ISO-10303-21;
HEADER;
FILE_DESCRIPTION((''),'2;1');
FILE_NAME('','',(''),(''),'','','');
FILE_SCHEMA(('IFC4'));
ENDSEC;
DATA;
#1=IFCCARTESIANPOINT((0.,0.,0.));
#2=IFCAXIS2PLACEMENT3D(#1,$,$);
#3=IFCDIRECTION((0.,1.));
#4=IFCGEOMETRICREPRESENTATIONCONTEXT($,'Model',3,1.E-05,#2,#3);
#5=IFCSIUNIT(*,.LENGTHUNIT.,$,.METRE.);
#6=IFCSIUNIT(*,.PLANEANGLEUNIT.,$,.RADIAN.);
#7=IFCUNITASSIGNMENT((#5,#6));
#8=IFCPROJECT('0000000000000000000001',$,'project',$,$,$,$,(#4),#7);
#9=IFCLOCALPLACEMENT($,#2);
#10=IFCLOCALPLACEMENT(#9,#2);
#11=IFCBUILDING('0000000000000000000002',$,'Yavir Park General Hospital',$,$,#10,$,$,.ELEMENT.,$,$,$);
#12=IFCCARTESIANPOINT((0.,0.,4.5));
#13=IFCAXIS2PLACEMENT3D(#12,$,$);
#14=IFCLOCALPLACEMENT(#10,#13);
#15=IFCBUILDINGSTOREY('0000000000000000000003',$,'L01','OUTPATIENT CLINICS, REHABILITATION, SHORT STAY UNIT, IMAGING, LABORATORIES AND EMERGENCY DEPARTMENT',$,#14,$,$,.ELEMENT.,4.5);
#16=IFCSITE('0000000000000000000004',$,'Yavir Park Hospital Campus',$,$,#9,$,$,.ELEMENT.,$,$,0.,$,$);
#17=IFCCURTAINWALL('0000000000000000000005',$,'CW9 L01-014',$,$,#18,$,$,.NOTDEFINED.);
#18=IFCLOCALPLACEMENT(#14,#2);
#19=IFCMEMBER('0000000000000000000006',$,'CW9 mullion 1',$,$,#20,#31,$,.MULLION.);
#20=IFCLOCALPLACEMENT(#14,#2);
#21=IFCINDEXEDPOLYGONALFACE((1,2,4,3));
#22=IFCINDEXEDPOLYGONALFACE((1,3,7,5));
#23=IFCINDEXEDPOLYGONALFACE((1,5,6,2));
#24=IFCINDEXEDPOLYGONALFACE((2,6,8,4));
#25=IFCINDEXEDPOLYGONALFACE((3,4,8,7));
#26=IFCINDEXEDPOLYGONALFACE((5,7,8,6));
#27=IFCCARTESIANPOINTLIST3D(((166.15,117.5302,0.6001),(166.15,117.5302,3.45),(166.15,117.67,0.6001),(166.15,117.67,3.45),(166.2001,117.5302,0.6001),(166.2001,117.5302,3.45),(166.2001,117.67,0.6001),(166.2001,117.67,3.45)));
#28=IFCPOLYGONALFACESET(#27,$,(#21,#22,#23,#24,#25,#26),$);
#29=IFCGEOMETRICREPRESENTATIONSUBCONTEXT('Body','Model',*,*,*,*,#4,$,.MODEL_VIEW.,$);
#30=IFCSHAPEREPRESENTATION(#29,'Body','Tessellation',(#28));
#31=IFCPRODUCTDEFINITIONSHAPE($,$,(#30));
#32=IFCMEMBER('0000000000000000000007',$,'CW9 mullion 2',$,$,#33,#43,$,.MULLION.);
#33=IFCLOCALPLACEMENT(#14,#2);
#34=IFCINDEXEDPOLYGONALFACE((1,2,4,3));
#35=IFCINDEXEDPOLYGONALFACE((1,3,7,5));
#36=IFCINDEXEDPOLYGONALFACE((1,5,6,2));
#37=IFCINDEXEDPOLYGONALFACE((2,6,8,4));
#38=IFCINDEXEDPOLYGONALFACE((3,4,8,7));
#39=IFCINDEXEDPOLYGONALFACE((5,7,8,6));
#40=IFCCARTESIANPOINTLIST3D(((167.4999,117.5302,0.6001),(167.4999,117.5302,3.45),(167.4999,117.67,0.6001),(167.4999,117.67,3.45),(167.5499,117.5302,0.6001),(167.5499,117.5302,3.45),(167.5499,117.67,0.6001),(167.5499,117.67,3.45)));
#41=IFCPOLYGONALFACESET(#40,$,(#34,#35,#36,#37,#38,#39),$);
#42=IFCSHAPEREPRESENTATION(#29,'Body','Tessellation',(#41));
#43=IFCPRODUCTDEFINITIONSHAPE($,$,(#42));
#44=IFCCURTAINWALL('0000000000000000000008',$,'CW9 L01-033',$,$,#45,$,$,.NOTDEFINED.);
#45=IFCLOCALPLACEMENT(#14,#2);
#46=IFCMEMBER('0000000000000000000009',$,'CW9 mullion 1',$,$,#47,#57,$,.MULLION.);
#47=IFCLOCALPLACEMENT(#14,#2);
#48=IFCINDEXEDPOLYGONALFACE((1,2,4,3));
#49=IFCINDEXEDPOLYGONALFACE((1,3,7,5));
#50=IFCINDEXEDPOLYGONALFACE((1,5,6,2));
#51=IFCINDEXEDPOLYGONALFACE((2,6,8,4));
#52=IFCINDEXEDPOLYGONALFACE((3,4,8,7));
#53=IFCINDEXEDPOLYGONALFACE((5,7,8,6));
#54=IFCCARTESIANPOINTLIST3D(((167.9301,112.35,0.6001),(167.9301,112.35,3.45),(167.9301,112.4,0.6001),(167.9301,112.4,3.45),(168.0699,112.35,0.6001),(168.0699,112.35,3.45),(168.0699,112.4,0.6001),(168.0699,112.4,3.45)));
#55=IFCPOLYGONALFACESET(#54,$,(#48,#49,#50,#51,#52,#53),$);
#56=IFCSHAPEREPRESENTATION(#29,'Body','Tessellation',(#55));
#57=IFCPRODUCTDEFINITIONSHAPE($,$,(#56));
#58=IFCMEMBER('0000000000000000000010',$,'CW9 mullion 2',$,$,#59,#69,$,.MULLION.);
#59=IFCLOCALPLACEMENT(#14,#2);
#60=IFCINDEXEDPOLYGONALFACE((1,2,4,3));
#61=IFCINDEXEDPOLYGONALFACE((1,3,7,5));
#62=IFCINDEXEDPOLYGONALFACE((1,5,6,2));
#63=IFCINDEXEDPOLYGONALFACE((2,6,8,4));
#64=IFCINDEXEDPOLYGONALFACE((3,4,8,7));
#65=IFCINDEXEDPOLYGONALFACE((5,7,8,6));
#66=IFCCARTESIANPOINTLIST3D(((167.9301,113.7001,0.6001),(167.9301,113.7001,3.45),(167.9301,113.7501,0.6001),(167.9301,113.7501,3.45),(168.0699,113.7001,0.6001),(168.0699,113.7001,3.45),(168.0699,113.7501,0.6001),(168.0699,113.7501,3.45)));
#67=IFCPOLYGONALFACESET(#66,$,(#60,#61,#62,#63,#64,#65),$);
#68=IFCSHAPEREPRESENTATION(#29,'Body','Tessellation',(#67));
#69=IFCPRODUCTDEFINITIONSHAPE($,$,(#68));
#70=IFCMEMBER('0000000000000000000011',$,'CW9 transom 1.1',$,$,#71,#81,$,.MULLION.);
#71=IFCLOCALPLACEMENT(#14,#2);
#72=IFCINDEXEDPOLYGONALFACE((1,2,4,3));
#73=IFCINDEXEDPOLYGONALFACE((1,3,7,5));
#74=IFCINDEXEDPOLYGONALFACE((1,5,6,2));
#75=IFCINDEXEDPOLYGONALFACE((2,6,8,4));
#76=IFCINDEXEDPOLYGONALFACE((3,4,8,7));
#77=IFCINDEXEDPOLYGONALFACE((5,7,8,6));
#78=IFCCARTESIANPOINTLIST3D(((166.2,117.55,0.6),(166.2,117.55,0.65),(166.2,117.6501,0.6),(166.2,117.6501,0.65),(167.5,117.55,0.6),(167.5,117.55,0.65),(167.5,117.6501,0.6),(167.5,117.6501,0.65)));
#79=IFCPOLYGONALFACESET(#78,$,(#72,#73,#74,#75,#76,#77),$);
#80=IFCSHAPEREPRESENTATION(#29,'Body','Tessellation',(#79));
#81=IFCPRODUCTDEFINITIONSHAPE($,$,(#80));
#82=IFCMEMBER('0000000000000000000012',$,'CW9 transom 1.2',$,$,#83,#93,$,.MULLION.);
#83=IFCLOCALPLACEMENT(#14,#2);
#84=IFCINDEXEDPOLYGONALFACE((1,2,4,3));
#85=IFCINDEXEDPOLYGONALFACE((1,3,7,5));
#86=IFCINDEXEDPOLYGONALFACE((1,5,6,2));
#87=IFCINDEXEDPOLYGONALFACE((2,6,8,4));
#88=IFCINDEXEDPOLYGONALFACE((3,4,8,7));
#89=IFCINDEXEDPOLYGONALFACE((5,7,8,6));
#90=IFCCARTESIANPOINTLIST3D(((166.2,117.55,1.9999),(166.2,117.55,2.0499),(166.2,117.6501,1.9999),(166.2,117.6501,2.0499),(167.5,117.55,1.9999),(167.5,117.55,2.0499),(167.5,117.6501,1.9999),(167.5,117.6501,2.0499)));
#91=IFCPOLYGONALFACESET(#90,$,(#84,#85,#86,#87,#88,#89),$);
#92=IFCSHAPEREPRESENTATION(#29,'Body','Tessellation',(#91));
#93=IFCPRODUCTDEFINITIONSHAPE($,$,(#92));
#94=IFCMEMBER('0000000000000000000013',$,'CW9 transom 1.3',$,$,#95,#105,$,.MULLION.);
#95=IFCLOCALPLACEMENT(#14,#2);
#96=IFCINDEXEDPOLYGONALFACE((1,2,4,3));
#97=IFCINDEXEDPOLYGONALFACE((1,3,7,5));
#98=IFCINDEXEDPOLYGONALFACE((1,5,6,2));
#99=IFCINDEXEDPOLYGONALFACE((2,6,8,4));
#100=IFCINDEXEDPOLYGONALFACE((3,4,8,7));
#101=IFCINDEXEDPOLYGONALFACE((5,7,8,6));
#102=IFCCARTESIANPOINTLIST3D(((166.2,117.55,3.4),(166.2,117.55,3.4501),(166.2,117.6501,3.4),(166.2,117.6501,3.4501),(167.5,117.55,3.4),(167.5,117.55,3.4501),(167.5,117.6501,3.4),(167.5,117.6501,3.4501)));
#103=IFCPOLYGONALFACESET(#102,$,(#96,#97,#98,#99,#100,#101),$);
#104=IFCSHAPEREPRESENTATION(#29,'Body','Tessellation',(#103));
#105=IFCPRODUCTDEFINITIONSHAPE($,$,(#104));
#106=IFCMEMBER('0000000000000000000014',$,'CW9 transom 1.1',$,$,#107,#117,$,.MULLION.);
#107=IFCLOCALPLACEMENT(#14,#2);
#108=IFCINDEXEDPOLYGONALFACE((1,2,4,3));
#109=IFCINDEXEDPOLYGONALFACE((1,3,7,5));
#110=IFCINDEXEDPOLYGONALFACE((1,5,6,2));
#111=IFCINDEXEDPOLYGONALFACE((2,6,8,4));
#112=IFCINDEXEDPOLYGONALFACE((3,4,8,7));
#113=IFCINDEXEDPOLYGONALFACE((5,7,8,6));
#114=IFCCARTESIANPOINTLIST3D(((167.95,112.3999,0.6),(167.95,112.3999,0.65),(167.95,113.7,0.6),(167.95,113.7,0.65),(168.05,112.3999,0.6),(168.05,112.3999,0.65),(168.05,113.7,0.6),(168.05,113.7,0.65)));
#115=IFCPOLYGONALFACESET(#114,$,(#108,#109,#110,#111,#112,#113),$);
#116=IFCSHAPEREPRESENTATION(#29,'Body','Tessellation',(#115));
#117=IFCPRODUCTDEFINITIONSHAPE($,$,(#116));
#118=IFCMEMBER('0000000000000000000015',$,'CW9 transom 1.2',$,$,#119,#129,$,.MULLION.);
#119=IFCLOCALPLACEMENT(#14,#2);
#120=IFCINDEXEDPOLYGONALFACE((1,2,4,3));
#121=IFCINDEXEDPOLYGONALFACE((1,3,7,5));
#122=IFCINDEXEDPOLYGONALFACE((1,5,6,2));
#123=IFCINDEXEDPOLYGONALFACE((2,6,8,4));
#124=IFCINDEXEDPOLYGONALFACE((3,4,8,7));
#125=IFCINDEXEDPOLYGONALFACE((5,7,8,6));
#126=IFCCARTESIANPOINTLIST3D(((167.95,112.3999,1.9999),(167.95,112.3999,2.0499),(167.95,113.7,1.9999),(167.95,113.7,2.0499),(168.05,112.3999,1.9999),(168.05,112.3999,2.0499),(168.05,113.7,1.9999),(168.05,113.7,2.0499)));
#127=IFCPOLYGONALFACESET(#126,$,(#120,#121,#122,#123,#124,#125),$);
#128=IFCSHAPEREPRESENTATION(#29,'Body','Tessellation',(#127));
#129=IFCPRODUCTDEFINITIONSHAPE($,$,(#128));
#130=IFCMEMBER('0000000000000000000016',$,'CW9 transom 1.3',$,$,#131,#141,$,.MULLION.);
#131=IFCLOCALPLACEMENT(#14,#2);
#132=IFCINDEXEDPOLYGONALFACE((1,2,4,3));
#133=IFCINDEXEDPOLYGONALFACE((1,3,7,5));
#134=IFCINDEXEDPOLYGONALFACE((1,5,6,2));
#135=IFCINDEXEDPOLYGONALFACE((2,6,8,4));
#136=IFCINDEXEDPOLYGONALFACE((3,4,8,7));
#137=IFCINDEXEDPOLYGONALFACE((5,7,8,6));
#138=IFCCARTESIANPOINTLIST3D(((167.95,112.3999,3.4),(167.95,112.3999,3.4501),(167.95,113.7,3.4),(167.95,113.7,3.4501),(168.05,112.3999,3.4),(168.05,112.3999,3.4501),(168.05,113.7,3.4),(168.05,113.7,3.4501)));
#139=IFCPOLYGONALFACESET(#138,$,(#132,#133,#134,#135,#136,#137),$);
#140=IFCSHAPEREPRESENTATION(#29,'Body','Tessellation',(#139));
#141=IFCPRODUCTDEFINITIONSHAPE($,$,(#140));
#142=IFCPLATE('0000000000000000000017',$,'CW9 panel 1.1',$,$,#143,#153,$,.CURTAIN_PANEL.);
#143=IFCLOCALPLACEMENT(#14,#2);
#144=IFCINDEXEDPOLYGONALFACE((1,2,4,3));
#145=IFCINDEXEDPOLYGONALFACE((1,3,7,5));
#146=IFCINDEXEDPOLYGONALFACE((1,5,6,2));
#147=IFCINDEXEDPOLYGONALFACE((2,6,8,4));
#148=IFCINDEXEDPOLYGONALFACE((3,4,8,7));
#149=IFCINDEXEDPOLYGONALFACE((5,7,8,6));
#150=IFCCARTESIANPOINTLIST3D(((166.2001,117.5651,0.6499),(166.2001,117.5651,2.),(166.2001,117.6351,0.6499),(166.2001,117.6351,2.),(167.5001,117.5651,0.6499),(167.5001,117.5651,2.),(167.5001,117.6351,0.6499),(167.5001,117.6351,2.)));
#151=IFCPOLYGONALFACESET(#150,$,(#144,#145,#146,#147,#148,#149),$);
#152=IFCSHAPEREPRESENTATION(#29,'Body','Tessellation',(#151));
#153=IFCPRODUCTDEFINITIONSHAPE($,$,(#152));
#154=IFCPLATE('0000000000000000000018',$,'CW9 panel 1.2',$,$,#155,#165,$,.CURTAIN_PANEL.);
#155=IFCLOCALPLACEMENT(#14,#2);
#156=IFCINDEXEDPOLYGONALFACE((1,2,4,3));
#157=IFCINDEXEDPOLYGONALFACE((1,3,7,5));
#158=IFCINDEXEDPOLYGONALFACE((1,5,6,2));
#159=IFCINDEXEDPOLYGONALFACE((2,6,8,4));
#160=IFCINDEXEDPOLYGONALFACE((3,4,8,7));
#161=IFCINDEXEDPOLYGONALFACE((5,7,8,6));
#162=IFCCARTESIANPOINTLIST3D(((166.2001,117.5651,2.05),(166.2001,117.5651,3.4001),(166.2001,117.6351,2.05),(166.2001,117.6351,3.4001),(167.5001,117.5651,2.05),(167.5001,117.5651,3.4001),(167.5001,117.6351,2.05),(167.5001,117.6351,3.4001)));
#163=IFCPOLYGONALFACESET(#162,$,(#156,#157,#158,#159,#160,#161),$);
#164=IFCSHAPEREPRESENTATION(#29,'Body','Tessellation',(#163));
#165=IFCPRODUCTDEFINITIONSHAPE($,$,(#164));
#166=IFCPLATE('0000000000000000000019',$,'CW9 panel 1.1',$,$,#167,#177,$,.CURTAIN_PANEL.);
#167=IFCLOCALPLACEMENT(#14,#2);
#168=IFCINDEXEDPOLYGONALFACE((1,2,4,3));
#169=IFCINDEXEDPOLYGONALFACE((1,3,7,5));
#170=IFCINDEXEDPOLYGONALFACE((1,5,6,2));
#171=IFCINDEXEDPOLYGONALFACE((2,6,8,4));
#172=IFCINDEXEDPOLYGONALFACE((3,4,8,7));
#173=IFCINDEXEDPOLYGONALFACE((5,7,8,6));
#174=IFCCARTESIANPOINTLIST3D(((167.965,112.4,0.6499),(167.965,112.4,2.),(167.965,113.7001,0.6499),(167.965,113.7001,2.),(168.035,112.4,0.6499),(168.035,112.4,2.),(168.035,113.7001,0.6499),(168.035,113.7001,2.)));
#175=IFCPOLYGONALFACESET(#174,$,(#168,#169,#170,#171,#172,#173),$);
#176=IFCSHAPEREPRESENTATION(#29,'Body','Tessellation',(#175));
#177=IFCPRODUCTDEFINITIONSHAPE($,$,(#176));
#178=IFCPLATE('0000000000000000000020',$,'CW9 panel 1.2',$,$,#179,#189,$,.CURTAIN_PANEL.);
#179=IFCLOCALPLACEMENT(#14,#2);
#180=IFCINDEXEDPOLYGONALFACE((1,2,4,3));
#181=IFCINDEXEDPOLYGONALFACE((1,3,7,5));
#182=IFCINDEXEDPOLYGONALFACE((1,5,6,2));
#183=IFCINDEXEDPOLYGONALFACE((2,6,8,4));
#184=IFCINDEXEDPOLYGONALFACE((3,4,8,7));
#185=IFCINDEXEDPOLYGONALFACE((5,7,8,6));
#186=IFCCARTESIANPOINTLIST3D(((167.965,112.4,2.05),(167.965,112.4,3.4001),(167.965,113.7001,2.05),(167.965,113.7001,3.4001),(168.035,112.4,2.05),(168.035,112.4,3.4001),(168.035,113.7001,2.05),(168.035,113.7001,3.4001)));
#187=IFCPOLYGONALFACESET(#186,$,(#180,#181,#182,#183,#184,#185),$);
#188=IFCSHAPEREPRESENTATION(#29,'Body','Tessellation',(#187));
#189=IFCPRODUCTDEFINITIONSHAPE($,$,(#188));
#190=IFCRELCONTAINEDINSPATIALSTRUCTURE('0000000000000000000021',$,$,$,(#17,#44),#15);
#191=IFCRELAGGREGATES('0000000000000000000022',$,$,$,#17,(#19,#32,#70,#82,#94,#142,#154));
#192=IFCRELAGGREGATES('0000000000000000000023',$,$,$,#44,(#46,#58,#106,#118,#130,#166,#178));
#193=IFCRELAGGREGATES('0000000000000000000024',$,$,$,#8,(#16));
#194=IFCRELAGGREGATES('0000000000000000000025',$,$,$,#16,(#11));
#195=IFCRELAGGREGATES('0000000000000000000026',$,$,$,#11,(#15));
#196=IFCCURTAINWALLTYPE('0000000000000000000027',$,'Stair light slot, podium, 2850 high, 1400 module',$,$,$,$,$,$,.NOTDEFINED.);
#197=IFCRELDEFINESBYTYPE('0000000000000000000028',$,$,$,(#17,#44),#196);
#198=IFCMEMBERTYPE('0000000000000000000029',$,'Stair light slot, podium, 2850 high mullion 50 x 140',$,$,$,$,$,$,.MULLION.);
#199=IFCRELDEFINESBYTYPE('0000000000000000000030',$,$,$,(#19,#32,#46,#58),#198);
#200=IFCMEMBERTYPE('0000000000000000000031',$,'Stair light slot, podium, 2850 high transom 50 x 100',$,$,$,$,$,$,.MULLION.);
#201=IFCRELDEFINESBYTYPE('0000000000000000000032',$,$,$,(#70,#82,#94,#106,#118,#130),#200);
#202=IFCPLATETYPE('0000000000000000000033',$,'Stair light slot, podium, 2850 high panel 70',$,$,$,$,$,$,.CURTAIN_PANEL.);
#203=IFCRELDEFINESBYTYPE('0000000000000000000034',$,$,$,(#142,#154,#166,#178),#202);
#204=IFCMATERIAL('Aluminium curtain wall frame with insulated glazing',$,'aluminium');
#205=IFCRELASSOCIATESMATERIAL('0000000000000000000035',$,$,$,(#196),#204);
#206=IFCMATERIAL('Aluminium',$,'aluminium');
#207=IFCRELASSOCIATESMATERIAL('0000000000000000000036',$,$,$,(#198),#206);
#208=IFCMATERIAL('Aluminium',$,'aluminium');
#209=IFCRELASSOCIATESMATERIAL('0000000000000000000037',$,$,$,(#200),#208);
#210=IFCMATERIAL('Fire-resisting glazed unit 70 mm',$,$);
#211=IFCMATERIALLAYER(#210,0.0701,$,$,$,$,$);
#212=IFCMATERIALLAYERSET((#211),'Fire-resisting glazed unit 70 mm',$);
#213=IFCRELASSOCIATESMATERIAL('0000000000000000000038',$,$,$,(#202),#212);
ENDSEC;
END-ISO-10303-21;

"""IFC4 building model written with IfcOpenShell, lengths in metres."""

from ifc_helpers import new_model, si_unit, direction, frame, origin, origin_2d, place, context, subcontext, project, spatial, rectangle, extrude, material, layer, layer_set, material_profile, profile_set, type_object, element, aggregate, save


model = new_model("IFC4")

# Units and contexts
model_context = context("Model", 3, precision=1e-05, world=origin(), true_north=direction((0.0, 1.0)))
body_context = subcontext(model_context, "Body", "Model", "MODEL_VIEW")
ifc_project = project(units=[si_unit("LENGTHUNIT", "METRE"), si_unit("PLANEANGLEUNIT", "RADIAN")], contexts=[model_context])

# Site, building, storey
site_placement = place(None, origin())
site = spatial("IfcSite", under=ifc_project, at=site_placement, Name="Yavir Park Hospital Campus", CompositionType="ELEMENT", RefElevation=0.0)
building_placement = place(site_placement, origin())
building = spatial("IfcBuilding", under=site, at=building_placement, Name="Yavir Park General Hospital", CompositionType="ELEMENT")
storey_placement = place(building_placement, frame((0.0, 0.0, 4.5)))
storey = spatial("IfcBuildingStorey", under=building, at=storey_placement, Name="L01", Description="OUTPATIENT CLINICS, REHABILITATION, SHORT STAY UNIT, IMAGING, LABORATORIES AND EMERGENCY DEPARTMENT", CompositionType="ELEMENT", Elevation=4.5)

# Curtain walls, members
ifc_material_1 = material(Name="Aluminium curtain wall frame with insulated glazing", Category="aluminium")
curtain_wall_type = type_object("IfcCurtainWallType", Name="Stair light slot, podium, 2850 high, 1400 module", PredefinedType="NOTDEFINED", material=ifc_material_1)
curtain_wall_1_placement = place(storey_placement, origin())
curtain_wall_1 = element("IfcCurtainWall", 1, at=curtain_wall_1_placement, inside=storey, type_object=curtain_wall_type, Name="CW9 L01-014", PredefinedType="NOTDEFINED")
ifc_material_2 = material(Name="Aluminium", Category="aluminium")
ifc_material_profile_1 = material_profile(ifc_material_2, rectangle(XDim=0.1399, YDim=0.05, at=origin_2d()), Name="AL 50x140")
ifc_profile_set_1 = profile_set([ifc_material_profile_1], Name="Aluminium")
member_type_1 = type_object("IfcMemberType", Name="Stair light slot, podium, 2850 high mullion 50 x 140", PredefinedType="MULLION", material=ifc_profile_set_1)
member_1_placement = place(storey_placement, frame((166.175, 117.6001, 0.6001), z_axis=(0.0, 0.0, 1.0), x_axis=(0.0, 1.0, 0.0)))
member_1 = element("IfcMember", 2, at=member_1_placement, type_object=member_type_1, Name="CW9 mullion 1", PredefinedType="MULLION", context=body_context, shape_type="SweptSolid", body=[
    extrude(rectangle(XDim=0.1399, YDim=0.05, at=origin_2d()), origin(), (0.0, 0.0, 1.0), 2.8499),
])
member_2_placement = place(storey_placement, frame((167.5249, 117.6001, 0.6001), z_axis=(0.0, 0.0, 1.0), x_axis=(0.0, 1.0, 0.0)))
member_2 = element("IfcMember", 3, at=member_2_placement, type_object=member_type_1, Name="CW9 mullion 2", PredefinedType="MULLION", context=body_context, shape_type="SweptSolid", body=[
    extrude(rectangle(XDim=0.1399, YDim=0.05, at=origin_2d()), origin(), (0.0, 0.0, 1.0), 2.8499),
])
curtain_wall_2_placement = place(storey_placement, origin())
curtain_wall_2 = element("IfcCurtainWall", 4, at=curtain_wall_2_placement, inside=storey, type_object=curtain_wall_type, Name="CW9 L01-033", PredefinedType="NOTDEFINED")
member_3_placement = place(storey_placement, frame((168.0, 112.375, 0.6001), z_axis=(0.0, 0.0, 1.0), x_axis=(-1.0, 0.0, 0.0)))
member_3 = element("IfcMember", 5, at=member_3_placement, type_object=member_type_1, Name="CW9 mullion 1", PredefinedType="MULLION", context=body_context, shape_type="SweptSolid", body=[
    extrude(rectangle(XDim=0.1399, YDim=0.05, at=origin_2d()), origin(), (0.0, 0.0, 1.0), 2.8499),
])
member_4_placement = place(storey_placement, frame((168.0, 113.7251, 0.6001), z_axis=(0.0, 0.0, 1.0), x_axis=(-1.0, 0.0, 0.0)))
member_4 = element("IfcMember", 6, at=member_4_placement, type_object=member_type_1, Name="CW9 mullion 2", PredefinedType="MULLION", context=body_context, shape_type="SweptSolid", body=[
    extrude(rectangle(XDim=0.1399, YDim=0.05, at=origin_2d()), origin(), (0.0, 0.0, 1.0), 2.8499),
])

# Members
ifc_material_3 = material(Name="Aluminium", Category="aluminium")
ifc_material_profile_2 = material_profile(ifc_material_3, rectangle(XDim=0.1001, YDim=0.05, at=origin_2d()), Name="AL 100x50")
ifc_profile_set_2 = profile_set([ifc_material_profile_2], Name="Aluminium")
member_type_2 = type_object("IfcMemberType", Name="Stair light slot, podium, 2850 high transom 50 x 100", PredefinedType="MULLION", material=ifc_profile_set_2)
member_5_placement = place(storey_placement, frame((166.2, 117.6001, 0.625), z_axis=(1.0, 0.0, 0.0), x_axis=(0.0, 1.0, 0.0)))
member_5 = element("IfcMember", 7, at=member_5_placement, type_object=member_type_2, Name="CW9 transom 1.1", PredefinedType="MULLION", context=body_context, shape_type="SweptSolid", body=[
    extrude(rectangle(XDim=0.1001, YDim=0.05, at=origin_2d()), origin(), (0.0, 0.0, 1.0), 1.3),
])
member_6_placement = place(storey_placement, frame((166.2, 117.6001, 2.0249), z_axis=(1.0, 0.0, 0.0), x_axis=(0.0, 1.0, 0.0)))
member_6 = element("IfcMember", 8, at=member_6_placement, type_object=member_type_2, Name="CW9 transom 1.2", PredefinedType="MULLION", context=body_context, shape_type="SweptSolid", body=[
    extrude(rectangle(XDim=0.1001, YDim=0.05, at=origin_2d()), origin(), (0.0, 0.0, 1.0), 1.3),
])
member_7_placement = place(storey_placement, frame((166.2, 117.6001, 3.425), z_axis=(1.0, 0.0, 0.0), x_axis=(0.0, 1.0, 0.0)))
member_7 = element("IfcMember", 9, at=member_7_placement, type_object=member_type_2, Name="CW9 transom 1.3", PredefinedType="MULLION", context=body_context, shape_type="SweptSolid", body=[
    extrude(rectangle(XDim=0.1001, YDim=0.05, at=origin_2d()), origin(), (0.0, 0.0, 1.0), 1.3),
])
member_8_placement = place(storey_placement, frame((168.0, 112.3999, 0.625), z_axis=(0.0, 1.0, 0.0), x_axis=(-1.0, 0.0, 0.0)))
member_8 = element("IfcMember", 10, at=member_8_placement, type_object=member_type_2, Name="CW9 transom 1.1", PredefinedType="MULLION", context=body_context, shape_type="SweptSolid", body=[
    extrude(rectangle(XDim=0.1001, YDim=0.05, at=origin_2d()), origin(), (0.0, 0.0, 1.0), 1.3),
])
member_9_placement = place(storey_placement, frame((168.0, 112.3999, 2.0249), z_axis=(0.0, 1.0, 0.0), x_axis=(-1.0, 0.0, 0.0)))
member_9 = element("IfcMember", 11, at=member_9_placement, type_object=member_type_2, Name="CW9 transom 1.2", PredefinedType="MULLION", context=body_context, shape_type="SweptSolid", body=[
    extrude(rectangle(XDim=0.1001, YDim=0.05, at=origin_2d()), origin(), (0.0, 0.0, 1.0), 1.3),
])
member_10_placement = place(storey_placement, frame((168.0, 112.3999, 3.425), z_axis=(0.0, 1.0, 0.0), x_axis=(-1.0, 0.0, 0.0)))
member_10 = element("IfcMember", 12, at=member_10_placement, type_object=member_type_2, Name="CW9 transom 1.3", PredefinedType="MULLION", context=body_context, shape_type="SweptSolid", body=[
    extrude(rectangle(XDim=0.1001, YDim=0.05, at=origin_2d()), origin(), (0.0, 0.0, 1.0), 1.3),
])

# Plates
ifc_material_4 = material(Name="Fire-resisting glazed unit 70 mm")
ifc_layer_1 = layer(ifc_material_4, 0.0701)
ifc_layer_set_1 = layer_set([ifc_layer_1], Name="Fire-resisting glazed unit 70 mm")
plate_type = type_object("IfcPlateType", Name="Stair light slot, podium, 2850 high panel 70", PredefinedType="CURTAIN_PANEL", material=ifc_layer_set_1)
plate_1_placement = place(storey_placement, frame((166.8501, 117.6001, 0.6499), z_axis=(0.0, 0.0, 1.0), x_axis=(1.0, 0.0, 0.0)))
plate_1 = element("IfcPlate", 13, at=plate_1_placement, type_object=plate_type, Name="CW9 panel 1.1", PredefinedType="CURTAIN_PANEL", context=body_context, shape_type="SweptSolid", body=[
    extrude(rectangle(XDim=1.3, YDim=0.0701, at=origin_2d()), origin(), (0.0, 0.0, 1.0), 1.3501),
])
plate_2_placement = place(storey_placement, frame((166.8501, 117.6001, 2.05), z_axis=(0.0, 0.0, 1.0), x_axis=(1.0, 0.0, 0.0)))
plate_2 = element("IfcPlate", 14, at=plate_2_placement, type_object=plate_type, Name="CW9 panel 1.2", PredefinedType="CURTAIN_PANEL", context=body_context, shape_type="SweptSolid", body=[
    extrude(rectangle(XDim=1.3, YDim=0.0701, at=origin_2d()), origin(), (0.0, 0.0, 1.0), 1.3501),
])
aggregate(curtain_wall_1, [member_1, member_2, member_5, member_6, member_7, plate_1, plate_2])
plate_3_placement = place(storey_placement, frame((168.0, 113.05, 0.6499), z_axis=(0.0, 0.0, 1.0), x_axis=(0.0, 1.0, 0.0)))
plate_3 = element("IfcPlate", 15, at=plate_3_placement, type_object=plate_type, Name="CW9 panel 1.1", PredefinedType="CURTAIN_PANEL", context=body_context, shape_type="SweptSolid", body=[
    extrude(rectangle(XDim=1.3, YDim=0.0701, at=origin_2d()), origin(), (0.0, 0.0, 1.0), 1.3501),
])
plate_4_placement = place(storey_placement, frame((168.0, 113.05, 2.05), z_axis=(0.0, 0.0, 1.0), x_axis=(0.0, 1.0, 0.0)))
plate_4 = element("IfcPlate", 16, at=plate_4_placement, type_object=plate_type, Name="CW9 panel 1.2", PredefinedType="CURTAIN_PANEL", context=body_context, shape_type="SweptSolid", body=[
    extrude(rectangle(XDim=1.3, YDim=0.0701, at=origin_2d()), origin(), (0.0, 0.0, 1.0), 1.3501),
])
aggregate(curtain_wall_2, [member_3, member_4, member_8, member_9, member_10, plate_3, plate_4])

save(model, "model.ifc")
